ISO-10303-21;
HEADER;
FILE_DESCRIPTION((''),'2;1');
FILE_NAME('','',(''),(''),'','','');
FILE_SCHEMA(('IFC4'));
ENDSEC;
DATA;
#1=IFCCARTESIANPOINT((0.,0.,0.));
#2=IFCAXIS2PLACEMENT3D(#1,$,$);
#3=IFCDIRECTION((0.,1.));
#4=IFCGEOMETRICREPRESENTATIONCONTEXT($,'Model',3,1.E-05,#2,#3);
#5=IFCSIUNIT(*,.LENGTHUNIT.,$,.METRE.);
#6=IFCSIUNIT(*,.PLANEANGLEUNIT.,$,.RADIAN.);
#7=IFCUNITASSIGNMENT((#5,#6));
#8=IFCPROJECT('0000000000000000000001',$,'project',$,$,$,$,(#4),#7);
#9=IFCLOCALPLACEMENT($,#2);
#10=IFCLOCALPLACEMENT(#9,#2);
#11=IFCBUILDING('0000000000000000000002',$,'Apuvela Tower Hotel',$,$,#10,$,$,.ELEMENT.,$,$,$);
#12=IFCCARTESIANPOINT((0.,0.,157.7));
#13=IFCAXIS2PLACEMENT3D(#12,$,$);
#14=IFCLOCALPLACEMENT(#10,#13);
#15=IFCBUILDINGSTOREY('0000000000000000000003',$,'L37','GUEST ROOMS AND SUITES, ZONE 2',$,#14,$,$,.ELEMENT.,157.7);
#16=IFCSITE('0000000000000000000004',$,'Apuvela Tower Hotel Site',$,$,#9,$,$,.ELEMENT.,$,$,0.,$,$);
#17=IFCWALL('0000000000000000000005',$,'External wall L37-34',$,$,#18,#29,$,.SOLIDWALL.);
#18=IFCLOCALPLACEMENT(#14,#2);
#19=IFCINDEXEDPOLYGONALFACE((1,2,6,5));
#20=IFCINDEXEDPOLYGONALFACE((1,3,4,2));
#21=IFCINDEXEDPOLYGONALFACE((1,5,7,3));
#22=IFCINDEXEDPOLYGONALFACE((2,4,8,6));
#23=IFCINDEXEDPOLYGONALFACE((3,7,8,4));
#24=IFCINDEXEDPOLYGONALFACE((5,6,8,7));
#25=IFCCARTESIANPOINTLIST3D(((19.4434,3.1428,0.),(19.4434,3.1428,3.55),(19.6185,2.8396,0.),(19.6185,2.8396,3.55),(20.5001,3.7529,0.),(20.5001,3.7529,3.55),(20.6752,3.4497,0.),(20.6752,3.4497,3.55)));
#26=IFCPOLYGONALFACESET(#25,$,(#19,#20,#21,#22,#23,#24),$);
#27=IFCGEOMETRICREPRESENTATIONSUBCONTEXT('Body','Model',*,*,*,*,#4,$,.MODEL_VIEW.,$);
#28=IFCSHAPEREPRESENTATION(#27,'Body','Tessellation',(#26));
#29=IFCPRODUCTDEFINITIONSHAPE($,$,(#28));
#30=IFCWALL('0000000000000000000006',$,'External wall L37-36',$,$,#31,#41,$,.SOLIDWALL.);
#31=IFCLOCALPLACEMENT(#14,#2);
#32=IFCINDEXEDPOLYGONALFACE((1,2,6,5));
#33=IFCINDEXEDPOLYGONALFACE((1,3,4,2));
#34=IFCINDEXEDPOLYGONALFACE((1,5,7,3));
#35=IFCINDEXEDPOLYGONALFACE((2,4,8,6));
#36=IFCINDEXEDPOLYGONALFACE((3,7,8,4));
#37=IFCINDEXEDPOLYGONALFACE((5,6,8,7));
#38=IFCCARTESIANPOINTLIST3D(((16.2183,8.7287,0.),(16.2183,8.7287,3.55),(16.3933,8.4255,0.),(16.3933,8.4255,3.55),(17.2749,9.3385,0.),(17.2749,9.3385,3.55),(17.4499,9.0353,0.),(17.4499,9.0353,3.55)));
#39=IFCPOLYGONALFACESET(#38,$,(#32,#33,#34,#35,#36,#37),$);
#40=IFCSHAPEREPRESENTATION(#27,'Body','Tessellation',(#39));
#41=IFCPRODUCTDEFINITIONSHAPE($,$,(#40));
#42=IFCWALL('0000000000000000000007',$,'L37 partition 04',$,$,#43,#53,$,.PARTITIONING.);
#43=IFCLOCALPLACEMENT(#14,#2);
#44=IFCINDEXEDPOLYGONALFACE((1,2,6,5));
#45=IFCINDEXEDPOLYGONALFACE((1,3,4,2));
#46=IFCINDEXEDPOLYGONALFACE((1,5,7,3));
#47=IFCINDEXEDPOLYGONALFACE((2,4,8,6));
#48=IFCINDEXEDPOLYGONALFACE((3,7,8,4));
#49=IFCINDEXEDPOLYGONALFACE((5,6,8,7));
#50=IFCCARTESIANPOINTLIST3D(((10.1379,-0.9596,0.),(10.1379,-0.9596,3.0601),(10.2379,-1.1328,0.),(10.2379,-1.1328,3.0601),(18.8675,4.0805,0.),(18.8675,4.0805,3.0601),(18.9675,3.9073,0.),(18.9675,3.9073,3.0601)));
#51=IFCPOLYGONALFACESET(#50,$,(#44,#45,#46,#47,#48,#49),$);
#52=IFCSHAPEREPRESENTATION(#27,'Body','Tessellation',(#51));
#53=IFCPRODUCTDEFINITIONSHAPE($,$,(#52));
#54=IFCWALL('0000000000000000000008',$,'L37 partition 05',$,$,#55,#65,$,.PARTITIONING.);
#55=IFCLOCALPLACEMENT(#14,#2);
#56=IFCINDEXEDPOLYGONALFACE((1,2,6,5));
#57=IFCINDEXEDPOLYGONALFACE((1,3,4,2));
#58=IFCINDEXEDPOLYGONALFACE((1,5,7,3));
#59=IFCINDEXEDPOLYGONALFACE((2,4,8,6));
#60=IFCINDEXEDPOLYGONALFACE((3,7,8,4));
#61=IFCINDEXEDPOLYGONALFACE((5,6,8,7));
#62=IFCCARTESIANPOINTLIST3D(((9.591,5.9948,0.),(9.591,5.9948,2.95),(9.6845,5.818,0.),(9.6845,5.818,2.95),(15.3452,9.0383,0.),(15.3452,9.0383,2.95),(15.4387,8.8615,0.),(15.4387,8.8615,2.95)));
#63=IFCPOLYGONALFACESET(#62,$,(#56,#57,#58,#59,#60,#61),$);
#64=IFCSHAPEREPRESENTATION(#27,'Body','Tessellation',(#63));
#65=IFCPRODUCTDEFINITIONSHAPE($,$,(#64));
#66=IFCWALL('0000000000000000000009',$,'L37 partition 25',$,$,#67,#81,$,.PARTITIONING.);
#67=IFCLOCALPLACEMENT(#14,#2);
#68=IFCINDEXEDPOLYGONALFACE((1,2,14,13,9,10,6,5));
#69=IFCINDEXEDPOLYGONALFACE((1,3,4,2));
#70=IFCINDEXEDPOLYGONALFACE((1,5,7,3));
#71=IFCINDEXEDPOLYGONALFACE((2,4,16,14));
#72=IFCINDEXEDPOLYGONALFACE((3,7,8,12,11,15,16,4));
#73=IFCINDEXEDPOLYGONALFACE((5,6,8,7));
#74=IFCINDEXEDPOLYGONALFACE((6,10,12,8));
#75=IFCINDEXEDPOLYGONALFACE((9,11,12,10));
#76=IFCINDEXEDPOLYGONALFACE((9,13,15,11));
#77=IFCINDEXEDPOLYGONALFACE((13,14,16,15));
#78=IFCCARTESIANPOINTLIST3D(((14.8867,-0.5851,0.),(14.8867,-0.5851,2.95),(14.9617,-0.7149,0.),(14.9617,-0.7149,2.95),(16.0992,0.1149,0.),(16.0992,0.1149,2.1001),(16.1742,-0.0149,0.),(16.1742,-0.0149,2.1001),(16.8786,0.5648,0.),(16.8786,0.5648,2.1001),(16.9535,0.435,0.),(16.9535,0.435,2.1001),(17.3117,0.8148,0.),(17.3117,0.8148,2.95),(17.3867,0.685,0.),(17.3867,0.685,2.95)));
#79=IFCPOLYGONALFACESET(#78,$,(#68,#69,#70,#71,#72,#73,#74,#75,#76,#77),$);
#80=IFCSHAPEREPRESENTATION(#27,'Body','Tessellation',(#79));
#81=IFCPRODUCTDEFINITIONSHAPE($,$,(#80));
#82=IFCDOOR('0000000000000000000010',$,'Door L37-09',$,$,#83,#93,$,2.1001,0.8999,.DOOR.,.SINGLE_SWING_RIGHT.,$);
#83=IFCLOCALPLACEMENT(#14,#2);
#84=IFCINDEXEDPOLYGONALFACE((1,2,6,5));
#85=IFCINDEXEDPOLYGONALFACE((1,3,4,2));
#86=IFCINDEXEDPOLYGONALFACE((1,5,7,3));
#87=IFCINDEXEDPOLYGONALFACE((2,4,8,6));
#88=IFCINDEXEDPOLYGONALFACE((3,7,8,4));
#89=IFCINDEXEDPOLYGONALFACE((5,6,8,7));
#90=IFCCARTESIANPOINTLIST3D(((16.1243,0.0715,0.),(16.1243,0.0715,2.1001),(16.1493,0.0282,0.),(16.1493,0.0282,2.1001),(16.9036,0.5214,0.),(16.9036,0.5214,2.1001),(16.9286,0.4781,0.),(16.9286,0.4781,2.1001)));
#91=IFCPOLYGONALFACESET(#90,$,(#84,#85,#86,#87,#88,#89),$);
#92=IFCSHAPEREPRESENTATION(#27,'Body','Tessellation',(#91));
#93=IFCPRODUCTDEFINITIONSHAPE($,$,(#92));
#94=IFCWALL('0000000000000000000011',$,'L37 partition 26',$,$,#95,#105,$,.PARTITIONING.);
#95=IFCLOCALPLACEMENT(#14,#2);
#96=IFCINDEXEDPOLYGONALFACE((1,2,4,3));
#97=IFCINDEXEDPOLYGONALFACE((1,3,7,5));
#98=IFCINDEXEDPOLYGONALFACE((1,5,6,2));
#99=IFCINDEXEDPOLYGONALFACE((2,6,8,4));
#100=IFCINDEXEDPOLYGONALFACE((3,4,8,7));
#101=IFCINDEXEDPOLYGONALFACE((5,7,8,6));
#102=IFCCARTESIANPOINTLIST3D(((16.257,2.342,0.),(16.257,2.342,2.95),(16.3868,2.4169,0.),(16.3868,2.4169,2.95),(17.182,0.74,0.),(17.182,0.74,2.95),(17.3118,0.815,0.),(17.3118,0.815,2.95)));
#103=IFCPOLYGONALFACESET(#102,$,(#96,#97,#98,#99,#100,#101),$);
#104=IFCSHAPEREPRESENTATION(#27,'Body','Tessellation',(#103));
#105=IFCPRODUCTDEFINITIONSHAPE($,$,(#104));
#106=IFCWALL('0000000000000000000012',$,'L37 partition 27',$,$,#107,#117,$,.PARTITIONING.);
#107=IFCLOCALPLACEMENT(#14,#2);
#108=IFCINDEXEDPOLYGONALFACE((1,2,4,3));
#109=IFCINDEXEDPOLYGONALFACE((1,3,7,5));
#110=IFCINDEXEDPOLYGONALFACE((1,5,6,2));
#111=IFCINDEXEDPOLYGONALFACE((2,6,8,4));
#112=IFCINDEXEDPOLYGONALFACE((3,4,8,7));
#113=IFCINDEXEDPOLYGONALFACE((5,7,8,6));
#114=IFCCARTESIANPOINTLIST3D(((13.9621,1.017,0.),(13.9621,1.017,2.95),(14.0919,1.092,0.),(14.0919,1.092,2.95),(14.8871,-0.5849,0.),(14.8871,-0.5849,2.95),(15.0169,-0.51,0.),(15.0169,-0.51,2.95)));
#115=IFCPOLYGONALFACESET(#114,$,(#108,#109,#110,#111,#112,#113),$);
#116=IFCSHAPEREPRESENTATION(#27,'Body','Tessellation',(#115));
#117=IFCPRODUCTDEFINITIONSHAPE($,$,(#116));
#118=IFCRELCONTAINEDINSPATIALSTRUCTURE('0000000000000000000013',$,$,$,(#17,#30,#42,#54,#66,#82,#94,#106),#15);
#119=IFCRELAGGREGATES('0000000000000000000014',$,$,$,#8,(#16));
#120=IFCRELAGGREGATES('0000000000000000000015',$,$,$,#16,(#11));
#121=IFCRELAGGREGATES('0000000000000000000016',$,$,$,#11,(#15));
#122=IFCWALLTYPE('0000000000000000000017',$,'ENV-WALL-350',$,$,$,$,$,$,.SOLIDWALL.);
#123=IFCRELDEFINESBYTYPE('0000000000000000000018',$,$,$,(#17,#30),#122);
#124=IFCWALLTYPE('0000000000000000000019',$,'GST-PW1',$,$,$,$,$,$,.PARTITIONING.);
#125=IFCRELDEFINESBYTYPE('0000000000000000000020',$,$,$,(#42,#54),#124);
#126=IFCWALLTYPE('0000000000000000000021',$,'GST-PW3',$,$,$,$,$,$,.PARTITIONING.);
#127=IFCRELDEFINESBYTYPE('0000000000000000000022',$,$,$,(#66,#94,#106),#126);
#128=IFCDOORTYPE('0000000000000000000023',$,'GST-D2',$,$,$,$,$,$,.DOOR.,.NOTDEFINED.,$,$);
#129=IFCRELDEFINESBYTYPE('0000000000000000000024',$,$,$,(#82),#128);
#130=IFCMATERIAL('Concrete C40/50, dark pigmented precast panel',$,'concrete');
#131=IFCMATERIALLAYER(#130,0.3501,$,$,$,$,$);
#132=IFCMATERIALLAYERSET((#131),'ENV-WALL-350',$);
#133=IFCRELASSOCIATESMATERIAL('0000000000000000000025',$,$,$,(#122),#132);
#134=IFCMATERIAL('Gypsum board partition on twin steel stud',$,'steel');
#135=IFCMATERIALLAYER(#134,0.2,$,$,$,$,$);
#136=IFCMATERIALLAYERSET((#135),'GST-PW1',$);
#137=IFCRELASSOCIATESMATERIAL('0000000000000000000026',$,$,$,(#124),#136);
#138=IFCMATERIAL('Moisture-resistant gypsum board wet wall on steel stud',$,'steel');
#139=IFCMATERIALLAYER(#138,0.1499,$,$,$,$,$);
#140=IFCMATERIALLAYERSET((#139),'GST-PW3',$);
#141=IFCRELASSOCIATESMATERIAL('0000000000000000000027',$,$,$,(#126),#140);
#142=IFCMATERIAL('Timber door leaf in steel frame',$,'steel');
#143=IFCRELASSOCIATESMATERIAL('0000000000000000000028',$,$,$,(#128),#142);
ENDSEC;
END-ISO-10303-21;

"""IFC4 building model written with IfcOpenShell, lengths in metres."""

from ifc_helpers import new_model, si_unit, direction, frame, frame_2d, origin, place, context, subcontext, project, spatial, rectangle, extrude, material, layer, layer_set, type_object, element, fill, save


model = new_model("IFC4")

# Units and contexts
model_context = context("Model", 3, precision=1e-05, world=origin(), true_north=direction((0.0, 1.0)))
body_context = subcontext(model_context, "Body", "Model", "MODEL_VIEW")
ifc_project = project(units=[si_unit("LENGTHUNIT", "METRE"), si_unit("PLANEANGLEUNIT", "RADIAN")], contexts=[model_context])

# Site, building, storey
site_placement = place(None, origin())
site = spatial("IfcSite", under=ifc_project, at=site_placement, Name="Apuvela Tower Hotel Site", CompositionType="ELEMENT", RefElevation=0.0)
building_placement = place(site_placement, origin())
building = spatial("IfcBuilding", under=site, at=building_placement, Name="Apuvela Tower Hotel", CompositionType="ELEMENT")
storey_placement = place(building_placement, frame((0.0, 0.0, 157.7)))
storey = spatial("IfcBuildingStorey", under=building, at=storey_placement, Name="L37", Description="GUEST ROOMS AND SUITES, ZONE 2", CompositionType="ELEMENT", Elevation=157.7)

# Wall
ifc_material_1 = material(Name="Concrete C40/50, dark pigmented precast panel", Category="concrete")
ifc_layer_1 = layer(ifc_material_1, 0.3501)
ifc_layer_set_1 = layer_set([ifc_layer_1], Name="ENV-WALL-350")
wall_type_1 = type_object("IfcWallType", Name="ENV-WALL-350", PredefinedType="SOLIDWALL", material=ifc_layer_set_1)
wall_1_placement = place(storey_placement, frame((20.5876, 3.6013, 0.0), z_axis=(0.0, 0.0, 1.0), x_axis=(-0.866006, -0.500034, 0.0)))
element("IfcWall", 1, at=wall_1_placement, inside=storey, type_object=wall_type_1, Name="External wall L37-34", PredefinedType="SOLIDWALL", context=body_context, shape_type="SweptSolid", body=[
    extrude(rectangle(XDim=1.2202, YDim=0.3501, at=frame_2d((0.6101, 0.0))), origin(), (0.0, 0.0, 1.0), 3.55),
])

# Wall
wall_2_placement = place(storey_placement, frame((16.3059, 8.5771, 0.0), z_axis=(0.0, 0.0, 1.0), x_axis=(0.866092, 0.499884, 0.0)))
element("IfcWall", 2, at=wall_2_placement, inside=storey, type_object=wall_type_1, Name="External wall L37-36", PredefinedType="SOLIDWALL", context=body_context, shape_type="SweptSolid", body=[
    extrude(rectangle(XDim=1.22, YDim=0.3501, at=frame_2d((0.6099, 0.0))), origin(), (0.0, 0.0, 1.0), 3.55),
])

# Walls
ifc_material_2 = material(Name="Gypsum board partition on twin steel stud", Category="steel")
ifc_layer_2 = layer(ifc_material_2, 0.2)
ifc_layer_set_2 = layer_set([ifc_layer_2], Name="GST-PW1")
wall_type_2 = type_object("IfcWallType", Name="GST-PW1", PredefinedType="PARTITIONING", material=ifc_layer_set_2)
wall_3_placement = place(storey_placement, frame((18.9175, 3.9939, 0.0), z_axis=(0.0, 0.0, 1.0), x_axis=(-0.866023, -0.500005, 0.0)))
element("IfcWall", 3, at=wall_3_placement, inside=storey, type_object=wall_type_2, Name="L37 partition 04", PredefinedType="PARTITIONING", context=body_context, shape_type="SweptSolid", body=[
    extrude(rectangle(XDim=10.0801, YDim=0.2, at=frame_2d((5.04, 0.0))), origin(), (0.0, 0.0, 1.0), 3.0601),
])
wall_4_placement = place(storey_placement, frame((15.3921, 8.95, 0.0), z_axis=(0.0, 0.0, 1.0), x_axis=(-0.883969, -0.467545, 0.0)))
element("IfcWall", 4, at=wall_4_placement, inside=storey, type_object=wall_type_2, Name="L37 partition 05", PredefinedType="PARTITIONING", context=body_context, shape_type="SweptSolid", body=[
    extrude(rectangle(XDim=6.5095, YDim=0.2, at=frame_2d((3.2549, 0.0))), origin(), (0.0, 0.0, 1.0), 2.95),
])

# Wall, opening, door
ifc_material_3 = material(Name="Moisture-resistant gypsum board wet wall on steel stud", Category="steel")
ifc_layer_3 = layer(ifc_material_3, 0.1499)
ifc_layer_set_3 = layer_set([ifc_layer_3], Name="GST-PW3")
wall_type_3 = type_object("IfcWallType", Name="GST-PW3", PredefinedType="PARTITIONING", material=ifc_layer_set_3)
wall_5_placement = place(storey_placement, frame((14.9243, -0.6499, 0.0), z_axis=(0.0, 0.0, 1.0), x_axis=(0.866056, 0.499946, 0.0)))
wall_5 = element("IfcWall", 5, at=wall_5_placement, inside=storey, type_object=wall_type_3, Name="L37 partition 25", PredefinedType="PARTITIONING", context=body_context, shape_type="SweptSolid", body=[
    extrude(rectangle(XDim=2.8, YDim=0.1499, at=frame_2d((1.3999, 0.0))), origin(), (0.0, 0.0, 1.0), 2.95),
])
opening_1_placement = place(wall_5_placement, frame((1.3999, 0.0, 0.0)))
opening_1 = element("IfcOpeningElement", 6, at=opening_1_placement, cuts=wall_5, PredefinedType="OPENING", context=body_context, shape_type="SweptSolid", body=[
    extrude(rectangle(XDim=0.8999, YDim=2.1001, at=frame_2d((0.45, 1.05))), frame((0.0, 0.085, 0.0), z_axis=(0.0, -1.0, 0.0), x_axis=(1.0, 0.0, 0.0)), (0.0, 0.0, 1.0), 0.1699),
])
ifc_material_4 = material(Name="Timber door leaf in steel frame", Category="steel")
door_type_1 = type_object("IfcDoorType", Name="GST-D2", OperationType="NOTDEFINED", PredefinedType="DOOR", material=ifc_material_4)
door_1_placement = place(opening_1_placement, origin())
door_1 = element("IfcDoor", 7, at=door_1_placement, inside=storey, type_object=door_type_1, Name="Door L37-09", OperationType="SINGLE_SWING_RIGHT", OverallHeight=2.1001, OverallWidth=0.8999, PredefinedType="DOOR", context=body_context, shape_type="SweptSolid", body=[
    extrude(rectangle(XDim=0.8999, YDim=2.1001, at=frame_2d((0.45, 1.05))), frame((0.0, 0.0249, 0.0), z_axis=(0.0, -1.0, 0.0), x_axis=(1.0, 0.0, 0.0)), (0.0, 0.0, 1.0), 0.05),
])
fill(opening_1, door_1)

# Walls
for number, where, z_axis, x_axis, name in (
    (8, (17.2468, 0.7776, 0.0), (0.0, 0.0, 1.0), (-0.500042, 0.866001, 0.0), "L37 partition 26"),
    (9, (14.9519, -0.5474, 0.0), (0.0, 0.0, 1.0), (-0.500042, 0.866001, 0.0), "L37 partition 27"),
):
    element("IfcWall", number, at=place(storey_placement, frame(where, z_axis=z_axis, x_axis=x_axis)), inside=storey, type_object=wall_type_3, Name=name, PredefinedType="PARTITIONING", context=body_context, shape_type="SweptSolid", body=[
        extrude(rectangle(XDim=1.8499, YDim=0.1499, at=frame_2d((0.9248, 0.0))), origin(), (0.0, 0.0, 1.0), 2.95),
    ])

save(model, "model.ifc")
